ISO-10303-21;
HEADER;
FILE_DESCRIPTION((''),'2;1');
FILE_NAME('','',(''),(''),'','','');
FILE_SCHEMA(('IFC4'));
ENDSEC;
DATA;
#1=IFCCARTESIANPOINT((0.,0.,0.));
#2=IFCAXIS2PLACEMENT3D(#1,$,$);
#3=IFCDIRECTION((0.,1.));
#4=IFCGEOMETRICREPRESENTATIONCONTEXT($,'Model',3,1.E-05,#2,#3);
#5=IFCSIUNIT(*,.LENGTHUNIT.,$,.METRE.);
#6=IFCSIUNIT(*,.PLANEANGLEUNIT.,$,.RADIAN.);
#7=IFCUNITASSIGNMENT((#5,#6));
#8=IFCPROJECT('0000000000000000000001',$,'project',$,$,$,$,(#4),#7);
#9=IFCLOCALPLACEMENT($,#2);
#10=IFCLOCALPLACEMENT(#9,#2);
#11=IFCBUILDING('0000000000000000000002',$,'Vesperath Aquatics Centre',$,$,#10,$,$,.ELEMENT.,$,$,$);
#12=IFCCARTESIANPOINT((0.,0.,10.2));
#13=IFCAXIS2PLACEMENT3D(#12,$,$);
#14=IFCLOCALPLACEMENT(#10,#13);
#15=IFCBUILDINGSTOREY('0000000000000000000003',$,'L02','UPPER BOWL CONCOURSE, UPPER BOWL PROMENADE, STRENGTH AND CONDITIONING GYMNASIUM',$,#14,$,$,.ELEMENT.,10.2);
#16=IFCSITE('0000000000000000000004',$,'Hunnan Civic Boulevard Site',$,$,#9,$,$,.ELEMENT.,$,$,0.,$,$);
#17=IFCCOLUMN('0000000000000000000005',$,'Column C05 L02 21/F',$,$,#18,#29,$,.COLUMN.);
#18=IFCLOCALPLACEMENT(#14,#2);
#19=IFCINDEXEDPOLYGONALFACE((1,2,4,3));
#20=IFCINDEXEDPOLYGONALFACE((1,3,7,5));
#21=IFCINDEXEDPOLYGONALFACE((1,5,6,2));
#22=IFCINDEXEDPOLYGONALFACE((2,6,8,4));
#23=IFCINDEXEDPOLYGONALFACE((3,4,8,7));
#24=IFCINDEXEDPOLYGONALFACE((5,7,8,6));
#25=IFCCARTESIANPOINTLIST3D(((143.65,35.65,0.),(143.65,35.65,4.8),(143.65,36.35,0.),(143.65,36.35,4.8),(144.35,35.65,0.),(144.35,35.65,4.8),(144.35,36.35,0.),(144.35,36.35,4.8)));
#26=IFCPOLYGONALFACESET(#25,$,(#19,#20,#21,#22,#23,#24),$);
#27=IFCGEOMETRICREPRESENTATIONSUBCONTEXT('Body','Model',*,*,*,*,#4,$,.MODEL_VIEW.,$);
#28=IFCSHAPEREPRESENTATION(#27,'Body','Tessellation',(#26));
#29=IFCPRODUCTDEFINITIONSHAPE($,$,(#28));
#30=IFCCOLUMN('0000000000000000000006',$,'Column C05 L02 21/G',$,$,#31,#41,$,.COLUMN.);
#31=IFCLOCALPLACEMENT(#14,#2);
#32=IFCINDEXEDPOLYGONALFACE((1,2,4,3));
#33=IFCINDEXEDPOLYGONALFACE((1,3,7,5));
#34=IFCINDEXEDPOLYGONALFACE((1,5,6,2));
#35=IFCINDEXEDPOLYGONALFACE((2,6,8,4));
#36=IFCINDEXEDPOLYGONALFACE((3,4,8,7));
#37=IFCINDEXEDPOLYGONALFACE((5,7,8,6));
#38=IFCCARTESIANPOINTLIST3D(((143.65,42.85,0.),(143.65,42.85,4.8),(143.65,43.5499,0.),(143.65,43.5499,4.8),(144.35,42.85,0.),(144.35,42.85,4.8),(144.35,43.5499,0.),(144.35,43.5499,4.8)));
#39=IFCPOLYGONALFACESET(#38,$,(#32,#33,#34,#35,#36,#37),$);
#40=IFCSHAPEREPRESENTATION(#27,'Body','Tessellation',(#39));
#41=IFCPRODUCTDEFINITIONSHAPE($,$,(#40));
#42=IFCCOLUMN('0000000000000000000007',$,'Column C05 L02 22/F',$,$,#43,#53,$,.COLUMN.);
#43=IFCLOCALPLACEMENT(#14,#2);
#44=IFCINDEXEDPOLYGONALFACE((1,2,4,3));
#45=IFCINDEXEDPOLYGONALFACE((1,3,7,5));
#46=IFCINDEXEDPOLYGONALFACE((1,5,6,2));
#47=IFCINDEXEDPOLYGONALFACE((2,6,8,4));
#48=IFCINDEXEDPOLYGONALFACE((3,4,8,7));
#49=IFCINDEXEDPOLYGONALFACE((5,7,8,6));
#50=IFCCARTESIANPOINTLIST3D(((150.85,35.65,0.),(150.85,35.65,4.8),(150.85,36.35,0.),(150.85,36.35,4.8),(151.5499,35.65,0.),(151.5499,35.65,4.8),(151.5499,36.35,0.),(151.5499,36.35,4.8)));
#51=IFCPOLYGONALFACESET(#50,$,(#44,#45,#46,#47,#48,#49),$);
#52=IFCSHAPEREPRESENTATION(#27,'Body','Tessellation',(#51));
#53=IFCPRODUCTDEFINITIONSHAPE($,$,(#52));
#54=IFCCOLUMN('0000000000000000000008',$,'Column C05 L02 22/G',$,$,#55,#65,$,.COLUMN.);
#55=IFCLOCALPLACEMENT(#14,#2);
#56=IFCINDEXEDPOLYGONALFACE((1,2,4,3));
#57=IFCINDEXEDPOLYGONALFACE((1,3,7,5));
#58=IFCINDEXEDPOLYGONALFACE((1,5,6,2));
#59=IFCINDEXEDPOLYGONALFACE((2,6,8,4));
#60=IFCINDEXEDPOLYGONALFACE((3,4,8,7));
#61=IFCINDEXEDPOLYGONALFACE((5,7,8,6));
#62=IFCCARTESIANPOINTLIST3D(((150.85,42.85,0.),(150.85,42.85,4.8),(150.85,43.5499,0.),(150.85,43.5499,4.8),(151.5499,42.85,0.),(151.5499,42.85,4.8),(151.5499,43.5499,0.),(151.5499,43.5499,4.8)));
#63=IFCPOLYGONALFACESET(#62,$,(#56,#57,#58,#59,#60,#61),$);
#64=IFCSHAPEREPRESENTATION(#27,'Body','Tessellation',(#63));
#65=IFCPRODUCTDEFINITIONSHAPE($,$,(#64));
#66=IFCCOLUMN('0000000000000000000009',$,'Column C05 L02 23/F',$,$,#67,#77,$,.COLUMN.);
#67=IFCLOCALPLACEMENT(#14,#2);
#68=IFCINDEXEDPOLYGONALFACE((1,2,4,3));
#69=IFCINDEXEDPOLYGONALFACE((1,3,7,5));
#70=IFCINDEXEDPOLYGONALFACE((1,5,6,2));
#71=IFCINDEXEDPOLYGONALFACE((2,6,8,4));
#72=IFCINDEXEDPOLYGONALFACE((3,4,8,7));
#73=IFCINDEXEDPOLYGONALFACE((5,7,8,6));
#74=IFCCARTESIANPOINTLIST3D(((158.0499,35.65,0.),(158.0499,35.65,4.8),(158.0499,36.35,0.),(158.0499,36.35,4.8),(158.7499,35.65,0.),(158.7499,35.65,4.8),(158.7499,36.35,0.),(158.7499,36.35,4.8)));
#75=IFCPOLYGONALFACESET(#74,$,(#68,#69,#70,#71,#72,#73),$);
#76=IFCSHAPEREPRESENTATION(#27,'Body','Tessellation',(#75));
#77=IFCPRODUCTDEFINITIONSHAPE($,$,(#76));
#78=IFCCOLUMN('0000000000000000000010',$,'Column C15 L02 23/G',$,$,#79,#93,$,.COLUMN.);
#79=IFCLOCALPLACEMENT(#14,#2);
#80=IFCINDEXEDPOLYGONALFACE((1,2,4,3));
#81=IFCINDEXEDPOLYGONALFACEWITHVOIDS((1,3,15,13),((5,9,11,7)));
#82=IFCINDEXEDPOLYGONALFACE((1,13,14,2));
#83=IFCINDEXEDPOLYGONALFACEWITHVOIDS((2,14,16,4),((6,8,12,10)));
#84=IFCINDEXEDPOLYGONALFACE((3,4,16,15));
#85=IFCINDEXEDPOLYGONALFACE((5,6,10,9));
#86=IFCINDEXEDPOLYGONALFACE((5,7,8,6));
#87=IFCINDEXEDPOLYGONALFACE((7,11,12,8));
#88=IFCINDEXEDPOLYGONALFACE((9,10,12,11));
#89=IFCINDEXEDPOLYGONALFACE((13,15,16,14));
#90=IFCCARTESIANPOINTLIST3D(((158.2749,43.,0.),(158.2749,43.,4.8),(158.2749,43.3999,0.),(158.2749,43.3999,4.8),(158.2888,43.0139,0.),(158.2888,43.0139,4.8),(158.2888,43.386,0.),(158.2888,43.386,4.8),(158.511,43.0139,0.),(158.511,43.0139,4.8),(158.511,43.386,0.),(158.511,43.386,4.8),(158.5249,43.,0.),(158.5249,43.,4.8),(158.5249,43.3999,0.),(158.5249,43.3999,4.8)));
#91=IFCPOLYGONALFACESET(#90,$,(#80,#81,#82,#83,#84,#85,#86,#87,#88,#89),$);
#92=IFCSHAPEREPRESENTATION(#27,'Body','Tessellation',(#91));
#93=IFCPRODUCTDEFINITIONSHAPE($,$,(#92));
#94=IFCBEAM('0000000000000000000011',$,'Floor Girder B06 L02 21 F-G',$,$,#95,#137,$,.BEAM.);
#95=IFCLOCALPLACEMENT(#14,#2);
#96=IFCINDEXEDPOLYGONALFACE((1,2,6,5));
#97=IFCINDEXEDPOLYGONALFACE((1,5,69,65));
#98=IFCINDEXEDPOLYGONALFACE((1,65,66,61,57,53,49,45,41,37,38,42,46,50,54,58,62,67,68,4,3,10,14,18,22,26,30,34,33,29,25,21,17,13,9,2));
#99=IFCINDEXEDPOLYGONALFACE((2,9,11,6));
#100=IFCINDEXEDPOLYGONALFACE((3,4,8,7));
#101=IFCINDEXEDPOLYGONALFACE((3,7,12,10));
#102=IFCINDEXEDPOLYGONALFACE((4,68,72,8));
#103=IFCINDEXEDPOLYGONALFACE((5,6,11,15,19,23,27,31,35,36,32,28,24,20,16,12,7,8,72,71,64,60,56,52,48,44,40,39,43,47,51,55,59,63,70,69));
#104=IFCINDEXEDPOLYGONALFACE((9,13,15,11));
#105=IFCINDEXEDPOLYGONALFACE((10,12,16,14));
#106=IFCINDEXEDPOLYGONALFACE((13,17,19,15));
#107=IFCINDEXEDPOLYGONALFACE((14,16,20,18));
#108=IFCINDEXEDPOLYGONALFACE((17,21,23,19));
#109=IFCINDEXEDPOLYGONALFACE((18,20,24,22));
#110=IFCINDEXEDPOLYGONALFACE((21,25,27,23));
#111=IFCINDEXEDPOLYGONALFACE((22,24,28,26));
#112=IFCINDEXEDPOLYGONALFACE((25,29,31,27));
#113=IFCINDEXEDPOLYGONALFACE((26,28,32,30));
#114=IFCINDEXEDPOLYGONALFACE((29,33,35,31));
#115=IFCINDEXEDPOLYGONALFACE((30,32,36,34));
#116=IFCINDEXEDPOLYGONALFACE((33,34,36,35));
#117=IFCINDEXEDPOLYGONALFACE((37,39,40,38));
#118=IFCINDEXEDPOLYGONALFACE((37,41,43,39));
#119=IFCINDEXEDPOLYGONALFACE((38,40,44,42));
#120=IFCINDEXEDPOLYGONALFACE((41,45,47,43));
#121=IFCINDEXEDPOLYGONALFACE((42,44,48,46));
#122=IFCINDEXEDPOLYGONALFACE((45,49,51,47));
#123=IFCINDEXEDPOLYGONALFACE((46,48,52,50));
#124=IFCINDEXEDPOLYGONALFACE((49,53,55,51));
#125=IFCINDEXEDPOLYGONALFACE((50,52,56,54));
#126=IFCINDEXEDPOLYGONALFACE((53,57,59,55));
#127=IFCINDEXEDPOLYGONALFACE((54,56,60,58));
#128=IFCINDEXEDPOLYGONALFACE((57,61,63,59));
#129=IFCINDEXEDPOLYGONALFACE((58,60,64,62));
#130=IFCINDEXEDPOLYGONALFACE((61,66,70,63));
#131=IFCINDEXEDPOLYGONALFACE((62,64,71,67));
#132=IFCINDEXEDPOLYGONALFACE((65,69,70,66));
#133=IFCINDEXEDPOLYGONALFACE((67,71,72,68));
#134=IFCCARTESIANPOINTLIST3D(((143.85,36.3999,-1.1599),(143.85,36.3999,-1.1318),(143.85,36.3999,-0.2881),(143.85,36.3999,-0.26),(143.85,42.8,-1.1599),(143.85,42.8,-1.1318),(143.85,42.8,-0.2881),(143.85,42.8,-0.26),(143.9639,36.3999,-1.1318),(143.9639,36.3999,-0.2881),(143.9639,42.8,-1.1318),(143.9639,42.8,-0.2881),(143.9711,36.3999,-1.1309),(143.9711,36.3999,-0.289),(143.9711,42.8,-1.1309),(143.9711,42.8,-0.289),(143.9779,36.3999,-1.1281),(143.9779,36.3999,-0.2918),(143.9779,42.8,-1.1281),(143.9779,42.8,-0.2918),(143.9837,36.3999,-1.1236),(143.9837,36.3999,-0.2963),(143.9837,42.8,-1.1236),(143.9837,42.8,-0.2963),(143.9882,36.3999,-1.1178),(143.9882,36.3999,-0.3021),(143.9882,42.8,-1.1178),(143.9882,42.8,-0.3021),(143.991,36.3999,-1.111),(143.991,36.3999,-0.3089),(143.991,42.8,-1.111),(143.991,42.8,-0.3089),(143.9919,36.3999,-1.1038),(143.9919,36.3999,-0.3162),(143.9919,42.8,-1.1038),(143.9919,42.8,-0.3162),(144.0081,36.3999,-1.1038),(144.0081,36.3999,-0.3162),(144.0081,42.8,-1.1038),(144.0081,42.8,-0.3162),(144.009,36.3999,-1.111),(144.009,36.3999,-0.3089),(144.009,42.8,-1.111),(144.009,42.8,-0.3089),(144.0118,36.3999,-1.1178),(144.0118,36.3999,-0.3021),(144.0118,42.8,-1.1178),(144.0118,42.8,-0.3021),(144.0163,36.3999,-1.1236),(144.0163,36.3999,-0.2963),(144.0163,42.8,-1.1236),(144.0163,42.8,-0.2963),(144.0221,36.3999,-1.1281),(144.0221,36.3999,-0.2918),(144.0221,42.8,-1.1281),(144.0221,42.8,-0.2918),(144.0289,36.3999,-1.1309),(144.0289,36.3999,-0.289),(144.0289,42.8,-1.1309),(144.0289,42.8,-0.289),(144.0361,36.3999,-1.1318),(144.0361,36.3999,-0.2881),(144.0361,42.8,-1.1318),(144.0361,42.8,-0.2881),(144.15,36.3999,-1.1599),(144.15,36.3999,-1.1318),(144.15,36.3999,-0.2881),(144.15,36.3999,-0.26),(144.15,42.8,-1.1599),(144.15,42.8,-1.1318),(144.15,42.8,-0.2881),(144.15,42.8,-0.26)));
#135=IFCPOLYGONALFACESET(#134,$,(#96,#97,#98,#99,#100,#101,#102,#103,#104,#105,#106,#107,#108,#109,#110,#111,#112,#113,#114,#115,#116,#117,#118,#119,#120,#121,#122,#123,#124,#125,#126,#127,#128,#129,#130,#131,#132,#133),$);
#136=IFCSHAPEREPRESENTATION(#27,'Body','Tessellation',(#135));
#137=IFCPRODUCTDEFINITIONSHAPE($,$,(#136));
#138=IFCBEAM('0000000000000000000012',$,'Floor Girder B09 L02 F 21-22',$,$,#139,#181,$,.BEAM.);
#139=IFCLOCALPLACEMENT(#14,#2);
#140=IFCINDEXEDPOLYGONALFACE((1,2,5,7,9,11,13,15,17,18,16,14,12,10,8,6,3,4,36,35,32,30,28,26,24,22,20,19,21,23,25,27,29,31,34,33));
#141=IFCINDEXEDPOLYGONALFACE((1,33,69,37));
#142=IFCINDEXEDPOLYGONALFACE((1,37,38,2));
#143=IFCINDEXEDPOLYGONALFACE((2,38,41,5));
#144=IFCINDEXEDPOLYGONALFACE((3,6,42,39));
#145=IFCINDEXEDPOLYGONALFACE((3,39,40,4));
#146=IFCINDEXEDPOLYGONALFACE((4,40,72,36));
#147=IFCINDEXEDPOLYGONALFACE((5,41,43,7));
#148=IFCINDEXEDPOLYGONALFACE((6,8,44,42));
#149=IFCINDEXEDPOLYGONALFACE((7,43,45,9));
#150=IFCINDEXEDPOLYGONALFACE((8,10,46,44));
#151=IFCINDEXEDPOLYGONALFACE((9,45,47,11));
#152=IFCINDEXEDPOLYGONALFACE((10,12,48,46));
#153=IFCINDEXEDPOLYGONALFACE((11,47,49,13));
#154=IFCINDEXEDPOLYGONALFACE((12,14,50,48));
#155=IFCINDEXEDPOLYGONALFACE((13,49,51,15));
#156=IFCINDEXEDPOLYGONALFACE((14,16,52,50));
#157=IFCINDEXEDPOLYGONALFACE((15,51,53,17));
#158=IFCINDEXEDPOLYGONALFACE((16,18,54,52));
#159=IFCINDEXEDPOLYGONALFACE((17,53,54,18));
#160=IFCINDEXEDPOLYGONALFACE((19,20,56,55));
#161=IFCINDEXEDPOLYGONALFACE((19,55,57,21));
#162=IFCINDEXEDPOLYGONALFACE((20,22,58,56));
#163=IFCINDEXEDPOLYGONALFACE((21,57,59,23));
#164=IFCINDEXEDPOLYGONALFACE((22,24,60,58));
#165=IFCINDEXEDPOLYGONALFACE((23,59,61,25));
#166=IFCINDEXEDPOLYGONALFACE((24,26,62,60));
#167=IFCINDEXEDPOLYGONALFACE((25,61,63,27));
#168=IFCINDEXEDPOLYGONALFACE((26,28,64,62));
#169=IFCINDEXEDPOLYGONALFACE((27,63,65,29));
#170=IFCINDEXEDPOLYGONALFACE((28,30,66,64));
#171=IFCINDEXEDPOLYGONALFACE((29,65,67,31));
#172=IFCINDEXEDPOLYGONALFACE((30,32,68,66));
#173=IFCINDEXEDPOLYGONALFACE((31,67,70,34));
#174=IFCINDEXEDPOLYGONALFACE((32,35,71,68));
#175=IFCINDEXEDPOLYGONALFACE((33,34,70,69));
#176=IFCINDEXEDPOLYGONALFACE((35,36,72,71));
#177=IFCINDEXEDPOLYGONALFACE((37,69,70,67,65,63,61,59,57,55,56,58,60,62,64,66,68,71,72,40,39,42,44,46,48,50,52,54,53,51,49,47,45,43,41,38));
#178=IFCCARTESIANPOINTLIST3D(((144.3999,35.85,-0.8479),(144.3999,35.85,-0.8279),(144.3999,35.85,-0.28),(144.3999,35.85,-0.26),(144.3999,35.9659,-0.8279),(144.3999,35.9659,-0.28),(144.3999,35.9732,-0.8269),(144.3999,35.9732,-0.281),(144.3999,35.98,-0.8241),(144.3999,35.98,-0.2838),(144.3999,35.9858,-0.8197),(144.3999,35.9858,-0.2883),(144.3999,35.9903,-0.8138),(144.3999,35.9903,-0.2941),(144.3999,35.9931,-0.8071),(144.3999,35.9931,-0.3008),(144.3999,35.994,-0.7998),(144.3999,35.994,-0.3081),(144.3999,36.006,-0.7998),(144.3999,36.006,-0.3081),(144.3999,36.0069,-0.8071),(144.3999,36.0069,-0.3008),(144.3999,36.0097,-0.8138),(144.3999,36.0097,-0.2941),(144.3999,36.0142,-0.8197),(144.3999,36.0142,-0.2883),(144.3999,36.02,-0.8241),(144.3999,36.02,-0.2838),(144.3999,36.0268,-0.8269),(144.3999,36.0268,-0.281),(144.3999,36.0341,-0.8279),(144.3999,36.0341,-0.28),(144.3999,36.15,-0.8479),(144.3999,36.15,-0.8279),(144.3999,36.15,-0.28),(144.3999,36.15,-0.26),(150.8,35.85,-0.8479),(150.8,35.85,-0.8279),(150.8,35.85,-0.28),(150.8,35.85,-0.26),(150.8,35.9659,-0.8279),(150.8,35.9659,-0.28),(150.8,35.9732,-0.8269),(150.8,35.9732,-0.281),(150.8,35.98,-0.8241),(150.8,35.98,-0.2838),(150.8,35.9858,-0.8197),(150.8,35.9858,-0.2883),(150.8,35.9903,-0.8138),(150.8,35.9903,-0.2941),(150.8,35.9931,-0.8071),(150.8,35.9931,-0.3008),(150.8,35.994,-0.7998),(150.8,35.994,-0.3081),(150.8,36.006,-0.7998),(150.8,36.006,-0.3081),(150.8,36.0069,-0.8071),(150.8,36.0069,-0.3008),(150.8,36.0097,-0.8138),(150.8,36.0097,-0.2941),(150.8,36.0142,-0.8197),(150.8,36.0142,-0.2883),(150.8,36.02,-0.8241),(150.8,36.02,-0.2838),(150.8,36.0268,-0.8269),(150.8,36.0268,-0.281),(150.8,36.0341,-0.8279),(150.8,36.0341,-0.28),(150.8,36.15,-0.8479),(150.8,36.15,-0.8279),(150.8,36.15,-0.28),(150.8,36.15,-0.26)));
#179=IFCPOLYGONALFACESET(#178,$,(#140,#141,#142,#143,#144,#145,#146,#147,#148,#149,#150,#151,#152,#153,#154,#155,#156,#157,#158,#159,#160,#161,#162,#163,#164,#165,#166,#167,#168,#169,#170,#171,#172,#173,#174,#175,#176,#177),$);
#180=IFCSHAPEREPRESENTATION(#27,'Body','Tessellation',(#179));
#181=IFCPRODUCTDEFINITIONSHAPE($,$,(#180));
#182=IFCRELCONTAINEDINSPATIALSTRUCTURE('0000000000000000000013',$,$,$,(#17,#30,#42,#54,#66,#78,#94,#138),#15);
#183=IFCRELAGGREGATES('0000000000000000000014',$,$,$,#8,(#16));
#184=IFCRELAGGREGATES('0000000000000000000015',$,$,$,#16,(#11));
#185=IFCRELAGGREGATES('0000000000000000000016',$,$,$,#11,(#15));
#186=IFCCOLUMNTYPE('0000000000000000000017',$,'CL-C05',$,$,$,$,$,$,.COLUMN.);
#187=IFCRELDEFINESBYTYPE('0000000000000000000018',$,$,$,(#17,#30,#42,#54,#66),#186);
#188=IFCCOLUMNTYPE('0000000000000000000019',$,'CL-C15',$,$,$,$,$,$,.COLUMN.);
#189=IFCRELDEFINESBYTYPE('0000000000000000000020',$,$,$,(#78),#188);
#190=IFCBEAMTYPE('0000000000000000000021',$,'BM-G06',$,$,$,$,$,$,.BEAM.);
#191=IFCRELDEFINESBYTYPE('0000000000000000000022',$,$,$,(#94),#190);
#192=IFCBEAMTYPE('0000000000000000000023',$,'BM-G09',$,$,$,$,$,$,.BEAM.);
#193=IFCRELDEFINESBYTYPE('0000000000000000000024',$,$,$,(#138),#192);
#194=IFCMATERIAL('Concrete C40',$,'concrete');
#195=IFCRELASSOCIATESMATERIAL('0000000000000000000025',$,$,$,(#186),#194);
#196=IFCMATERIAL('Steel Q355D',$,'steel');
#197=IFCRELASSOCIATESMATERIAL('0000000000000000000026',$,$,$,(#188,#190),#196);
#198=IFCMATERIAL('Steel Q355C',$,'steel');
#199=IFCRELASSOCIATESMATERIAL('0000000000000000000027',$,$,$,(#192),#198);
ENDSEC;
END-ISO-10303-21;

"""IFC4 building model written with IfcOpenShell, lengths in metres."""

from ifc_helpers import new_model, si_unit, direction, frame, origin, origin_2d, place, context, subcontext, project, spatial, rectangle, hollow_rectangle, i_section, extrude, material, material_profile, profile_set, type_object, element, save


model = new_model("IFC4")

# Units and contexts
model_context = context("Model", 3, precision=1e-05, world=origin(), true_north=direction((0.0, 1.0)))
body_context = subcontext(model_context, "Body", "Model", "MODEL_VIEW")
ifc_project = project(units=[si_unit("LENGTHUNIT", "METRE"), si_unit("PLANEANGLEUNIT", "RADIAN")], contexts=[model_context])

# Site, building, storey
site_placement = place(None, origin())
site = spatial("IfcSite", under=ifc_project, at=site_placement, Name="Hunnan Civic Boulevard Site", CompositionType="ELEMENT", RefElevation=0.0)
building_placement = place(site_placement, origin())
building = spatial("IfcBuilding", under=site, at=building_placement, Name="Vesperath Aquatics Centre", CompositionType="ELEMENT")
storey_placement = place(building_placement, frame((0.0, 0.0, 10.2)))
storey = spatial("IfcBuildingStorey", under=building, at=storey_placement, Name="L02", Description="UPPER BOWL CONCOURSE, UPPER BOWL PROMENADE, STRENGTH AND CONDITIONING GYMNASIUM", CompositionType="ELEMENT", Elevation=10.2)

# Columns
ifc_material_1 = material(Name="Concrete C40", Category="concrete")
ifc_material_profile_1 = material_profile(ifc_material_1, rectangle(XDim=0.7, YDim=0.7, at=origin_2d()), Name="RC 700x700")
ifc_profile_set_1 = profile_set([ifc_material_profile_1], Name="Concrete C40")
column_type_1 = type_object("IfcColumnType", Name="CL-C05", PredefinedType="COLUMN", material=ifc_profile_set_1)
for number, where, z_axis, x_axis, name in (
    (1, (144.0, 36.0, 0.0), (0.0, 0.0, 1.0), (1.0, 0.0, 0.0), "Column C05 L02 21/F"),
    (2, (144.0, 43.2, 0.0), (0.0, 0.0, 1.0), (1.0, 0.0, 0.0), "Column C05 L02 21/G"),
    (3, (151.2, 36.0, 0.0), (0.0, 0.0, 1.0), (1.0, 0.0, 0.0), "Column C05 L02 22/F"),
    (4, (151.2, 43.2, 0.0), (0.0, 0.0, 1.0), (1.0, 0.0, 0.0), "Column C05 L02 22/G"),
    (5, (158.3999, 36.0, 0.0), (0.0, 0.0, 1.0), (1.0, 0.0, 0.0), "Column C05 L02 23/F"),
):
    element("IfcColumn", number, at=place(storey_placement, frame(where, z_axis=z_axis, x_axis=x_axis)), inside=storey, type_object=column_type_1, Name=name, PredefinedType="COLUMN", context=body_context, shape_type="SweptSolid", body=[
        extrude(rectangle(XDim=0.7, YDim=0.7, at=origin_2d()), origin(), (0.0, 0.0, 1.0), 4.8),
    ])
ifc_material_2 = material(Name="Steel Q355D", Category="steel")
ifc_material_profile_2 = material_profile(ifc_material_2, hollow_rectangle(XDim=0.25, YDim=0.3999, WallThickness=0.0139, at=origin_2d()), Name="RHS 400x250x14")
ifc_profile_set_2 = profile_set([ifc_material_profile_2], Name="Steel Q355D")
column_type_2 = type_object("IfcColumnType", Name="CL-C15", PredefinedType="COLUMN", material=ifc_profile_set_2)
column_placement = place(storey_placement, frame((158.3999, 43.2, 0.0), z_axis=(0.0, 0.0, 1.0), x_axis=(1.0, 0.0, 0.0)))
element("IfcColumn", 6, at=column_placement, inside=storey, type_object=column_type_2, Name="Column C15 L02 23/G", PredefinedType="COLUMN", context=body_context, shape_type="SweptSolid", body=[
    extrude(hollow_rectangle(XDim=0.25, YDim=0.3999, WallThickness=0.0139, at=origin_2d()), origin(), (0.0, 0.0, 1.0), 4.8),
])

# Beams
ifc_material_profile_3 = material_profile(ifc_material_2, i_section(OverallWidth=0.3, OverallDepth=0.8999, WebThickness=0.0161, FlangeThickness=0.0281, FilletRadius=0.0281, at=origin_2d()), Name="HN 900x300x16x28")
ifc_profile_set_3 = profile_set([ifc_material_profile_3], Name="Steel Q355D")
beam_type_1 = type_object("IfcBeamType", Name="BM-G06", PredefinedType="BEAM", material=ifc_profile_set_3)
beam_1_placement = place(storey_placement, frame((144.0, 36.3999, -0.71), z_axis=(0.0, 1.0, 0.0), x_axis=(-1.0, 0.0, 0.0)))
element("IfcBeam", 7, at=beam_1_placement, inside=storey, type_object=beam_type_1, Name="Floor Girder B06 L02 21 F-G", PredefinedType="BEAM", context=body_context, shape_type="SweptSolid", body=[
    extrude(i_section(OverallWidth=0.3, OverallDepth=0.8999, WebThickness=0.0161, FlangeThickness=0.0281, FilletRadius=0.0281, at=origin_2d()), origin(), (0.0, 0.0, 1.0), 6.4001),
])
ifc_material_3 = material(Name="Steel Q355C", Category="steel")
ifc_material_profile_4 = material_profile(ifc_material_3, i_section(OverallWidth=0.3, OverallDepth=0.5879, WebThickness=0.012, FlangeThickness=0.02, FilletRadius=0.0281, at=origin_2d()), Name="HM 588x300x12x20")
ifc_profile_set_4 = profile_set([ifc_material_profile_4], Name="Steel Q355C")
beam_type_2 = type_object("IfcBeamType", Name="BM-G09", PredefinedType="BEAM", material=ifc_profile_set_4)
beam_2_placement = place(storey_placement, frame((144.3999, 36.0, -0.554), z_axis=(1.0, 0.0, 0.0), x_axis=(0.0, 1.0, 0.0)))
element("IfcBeam", 8, at=beam_2_placement, inside=storey, type_object=beam_type_2, Name="Floor Girder B09 L02 F 21-22", PredefinedType="BEAM", context=body_context, shape_type="SweptSolid", body=[
    extrude(i_section(OverallWidth=0.3, OverallDepth=0.5879, WebThickness=0.012, FlangeThickness=0.02, FilletRadius=0.0281, at=origin_2d()), origin(), (0.0, 0.0, 1.0), 6.4001),
])

save(model, "model.ifc")
